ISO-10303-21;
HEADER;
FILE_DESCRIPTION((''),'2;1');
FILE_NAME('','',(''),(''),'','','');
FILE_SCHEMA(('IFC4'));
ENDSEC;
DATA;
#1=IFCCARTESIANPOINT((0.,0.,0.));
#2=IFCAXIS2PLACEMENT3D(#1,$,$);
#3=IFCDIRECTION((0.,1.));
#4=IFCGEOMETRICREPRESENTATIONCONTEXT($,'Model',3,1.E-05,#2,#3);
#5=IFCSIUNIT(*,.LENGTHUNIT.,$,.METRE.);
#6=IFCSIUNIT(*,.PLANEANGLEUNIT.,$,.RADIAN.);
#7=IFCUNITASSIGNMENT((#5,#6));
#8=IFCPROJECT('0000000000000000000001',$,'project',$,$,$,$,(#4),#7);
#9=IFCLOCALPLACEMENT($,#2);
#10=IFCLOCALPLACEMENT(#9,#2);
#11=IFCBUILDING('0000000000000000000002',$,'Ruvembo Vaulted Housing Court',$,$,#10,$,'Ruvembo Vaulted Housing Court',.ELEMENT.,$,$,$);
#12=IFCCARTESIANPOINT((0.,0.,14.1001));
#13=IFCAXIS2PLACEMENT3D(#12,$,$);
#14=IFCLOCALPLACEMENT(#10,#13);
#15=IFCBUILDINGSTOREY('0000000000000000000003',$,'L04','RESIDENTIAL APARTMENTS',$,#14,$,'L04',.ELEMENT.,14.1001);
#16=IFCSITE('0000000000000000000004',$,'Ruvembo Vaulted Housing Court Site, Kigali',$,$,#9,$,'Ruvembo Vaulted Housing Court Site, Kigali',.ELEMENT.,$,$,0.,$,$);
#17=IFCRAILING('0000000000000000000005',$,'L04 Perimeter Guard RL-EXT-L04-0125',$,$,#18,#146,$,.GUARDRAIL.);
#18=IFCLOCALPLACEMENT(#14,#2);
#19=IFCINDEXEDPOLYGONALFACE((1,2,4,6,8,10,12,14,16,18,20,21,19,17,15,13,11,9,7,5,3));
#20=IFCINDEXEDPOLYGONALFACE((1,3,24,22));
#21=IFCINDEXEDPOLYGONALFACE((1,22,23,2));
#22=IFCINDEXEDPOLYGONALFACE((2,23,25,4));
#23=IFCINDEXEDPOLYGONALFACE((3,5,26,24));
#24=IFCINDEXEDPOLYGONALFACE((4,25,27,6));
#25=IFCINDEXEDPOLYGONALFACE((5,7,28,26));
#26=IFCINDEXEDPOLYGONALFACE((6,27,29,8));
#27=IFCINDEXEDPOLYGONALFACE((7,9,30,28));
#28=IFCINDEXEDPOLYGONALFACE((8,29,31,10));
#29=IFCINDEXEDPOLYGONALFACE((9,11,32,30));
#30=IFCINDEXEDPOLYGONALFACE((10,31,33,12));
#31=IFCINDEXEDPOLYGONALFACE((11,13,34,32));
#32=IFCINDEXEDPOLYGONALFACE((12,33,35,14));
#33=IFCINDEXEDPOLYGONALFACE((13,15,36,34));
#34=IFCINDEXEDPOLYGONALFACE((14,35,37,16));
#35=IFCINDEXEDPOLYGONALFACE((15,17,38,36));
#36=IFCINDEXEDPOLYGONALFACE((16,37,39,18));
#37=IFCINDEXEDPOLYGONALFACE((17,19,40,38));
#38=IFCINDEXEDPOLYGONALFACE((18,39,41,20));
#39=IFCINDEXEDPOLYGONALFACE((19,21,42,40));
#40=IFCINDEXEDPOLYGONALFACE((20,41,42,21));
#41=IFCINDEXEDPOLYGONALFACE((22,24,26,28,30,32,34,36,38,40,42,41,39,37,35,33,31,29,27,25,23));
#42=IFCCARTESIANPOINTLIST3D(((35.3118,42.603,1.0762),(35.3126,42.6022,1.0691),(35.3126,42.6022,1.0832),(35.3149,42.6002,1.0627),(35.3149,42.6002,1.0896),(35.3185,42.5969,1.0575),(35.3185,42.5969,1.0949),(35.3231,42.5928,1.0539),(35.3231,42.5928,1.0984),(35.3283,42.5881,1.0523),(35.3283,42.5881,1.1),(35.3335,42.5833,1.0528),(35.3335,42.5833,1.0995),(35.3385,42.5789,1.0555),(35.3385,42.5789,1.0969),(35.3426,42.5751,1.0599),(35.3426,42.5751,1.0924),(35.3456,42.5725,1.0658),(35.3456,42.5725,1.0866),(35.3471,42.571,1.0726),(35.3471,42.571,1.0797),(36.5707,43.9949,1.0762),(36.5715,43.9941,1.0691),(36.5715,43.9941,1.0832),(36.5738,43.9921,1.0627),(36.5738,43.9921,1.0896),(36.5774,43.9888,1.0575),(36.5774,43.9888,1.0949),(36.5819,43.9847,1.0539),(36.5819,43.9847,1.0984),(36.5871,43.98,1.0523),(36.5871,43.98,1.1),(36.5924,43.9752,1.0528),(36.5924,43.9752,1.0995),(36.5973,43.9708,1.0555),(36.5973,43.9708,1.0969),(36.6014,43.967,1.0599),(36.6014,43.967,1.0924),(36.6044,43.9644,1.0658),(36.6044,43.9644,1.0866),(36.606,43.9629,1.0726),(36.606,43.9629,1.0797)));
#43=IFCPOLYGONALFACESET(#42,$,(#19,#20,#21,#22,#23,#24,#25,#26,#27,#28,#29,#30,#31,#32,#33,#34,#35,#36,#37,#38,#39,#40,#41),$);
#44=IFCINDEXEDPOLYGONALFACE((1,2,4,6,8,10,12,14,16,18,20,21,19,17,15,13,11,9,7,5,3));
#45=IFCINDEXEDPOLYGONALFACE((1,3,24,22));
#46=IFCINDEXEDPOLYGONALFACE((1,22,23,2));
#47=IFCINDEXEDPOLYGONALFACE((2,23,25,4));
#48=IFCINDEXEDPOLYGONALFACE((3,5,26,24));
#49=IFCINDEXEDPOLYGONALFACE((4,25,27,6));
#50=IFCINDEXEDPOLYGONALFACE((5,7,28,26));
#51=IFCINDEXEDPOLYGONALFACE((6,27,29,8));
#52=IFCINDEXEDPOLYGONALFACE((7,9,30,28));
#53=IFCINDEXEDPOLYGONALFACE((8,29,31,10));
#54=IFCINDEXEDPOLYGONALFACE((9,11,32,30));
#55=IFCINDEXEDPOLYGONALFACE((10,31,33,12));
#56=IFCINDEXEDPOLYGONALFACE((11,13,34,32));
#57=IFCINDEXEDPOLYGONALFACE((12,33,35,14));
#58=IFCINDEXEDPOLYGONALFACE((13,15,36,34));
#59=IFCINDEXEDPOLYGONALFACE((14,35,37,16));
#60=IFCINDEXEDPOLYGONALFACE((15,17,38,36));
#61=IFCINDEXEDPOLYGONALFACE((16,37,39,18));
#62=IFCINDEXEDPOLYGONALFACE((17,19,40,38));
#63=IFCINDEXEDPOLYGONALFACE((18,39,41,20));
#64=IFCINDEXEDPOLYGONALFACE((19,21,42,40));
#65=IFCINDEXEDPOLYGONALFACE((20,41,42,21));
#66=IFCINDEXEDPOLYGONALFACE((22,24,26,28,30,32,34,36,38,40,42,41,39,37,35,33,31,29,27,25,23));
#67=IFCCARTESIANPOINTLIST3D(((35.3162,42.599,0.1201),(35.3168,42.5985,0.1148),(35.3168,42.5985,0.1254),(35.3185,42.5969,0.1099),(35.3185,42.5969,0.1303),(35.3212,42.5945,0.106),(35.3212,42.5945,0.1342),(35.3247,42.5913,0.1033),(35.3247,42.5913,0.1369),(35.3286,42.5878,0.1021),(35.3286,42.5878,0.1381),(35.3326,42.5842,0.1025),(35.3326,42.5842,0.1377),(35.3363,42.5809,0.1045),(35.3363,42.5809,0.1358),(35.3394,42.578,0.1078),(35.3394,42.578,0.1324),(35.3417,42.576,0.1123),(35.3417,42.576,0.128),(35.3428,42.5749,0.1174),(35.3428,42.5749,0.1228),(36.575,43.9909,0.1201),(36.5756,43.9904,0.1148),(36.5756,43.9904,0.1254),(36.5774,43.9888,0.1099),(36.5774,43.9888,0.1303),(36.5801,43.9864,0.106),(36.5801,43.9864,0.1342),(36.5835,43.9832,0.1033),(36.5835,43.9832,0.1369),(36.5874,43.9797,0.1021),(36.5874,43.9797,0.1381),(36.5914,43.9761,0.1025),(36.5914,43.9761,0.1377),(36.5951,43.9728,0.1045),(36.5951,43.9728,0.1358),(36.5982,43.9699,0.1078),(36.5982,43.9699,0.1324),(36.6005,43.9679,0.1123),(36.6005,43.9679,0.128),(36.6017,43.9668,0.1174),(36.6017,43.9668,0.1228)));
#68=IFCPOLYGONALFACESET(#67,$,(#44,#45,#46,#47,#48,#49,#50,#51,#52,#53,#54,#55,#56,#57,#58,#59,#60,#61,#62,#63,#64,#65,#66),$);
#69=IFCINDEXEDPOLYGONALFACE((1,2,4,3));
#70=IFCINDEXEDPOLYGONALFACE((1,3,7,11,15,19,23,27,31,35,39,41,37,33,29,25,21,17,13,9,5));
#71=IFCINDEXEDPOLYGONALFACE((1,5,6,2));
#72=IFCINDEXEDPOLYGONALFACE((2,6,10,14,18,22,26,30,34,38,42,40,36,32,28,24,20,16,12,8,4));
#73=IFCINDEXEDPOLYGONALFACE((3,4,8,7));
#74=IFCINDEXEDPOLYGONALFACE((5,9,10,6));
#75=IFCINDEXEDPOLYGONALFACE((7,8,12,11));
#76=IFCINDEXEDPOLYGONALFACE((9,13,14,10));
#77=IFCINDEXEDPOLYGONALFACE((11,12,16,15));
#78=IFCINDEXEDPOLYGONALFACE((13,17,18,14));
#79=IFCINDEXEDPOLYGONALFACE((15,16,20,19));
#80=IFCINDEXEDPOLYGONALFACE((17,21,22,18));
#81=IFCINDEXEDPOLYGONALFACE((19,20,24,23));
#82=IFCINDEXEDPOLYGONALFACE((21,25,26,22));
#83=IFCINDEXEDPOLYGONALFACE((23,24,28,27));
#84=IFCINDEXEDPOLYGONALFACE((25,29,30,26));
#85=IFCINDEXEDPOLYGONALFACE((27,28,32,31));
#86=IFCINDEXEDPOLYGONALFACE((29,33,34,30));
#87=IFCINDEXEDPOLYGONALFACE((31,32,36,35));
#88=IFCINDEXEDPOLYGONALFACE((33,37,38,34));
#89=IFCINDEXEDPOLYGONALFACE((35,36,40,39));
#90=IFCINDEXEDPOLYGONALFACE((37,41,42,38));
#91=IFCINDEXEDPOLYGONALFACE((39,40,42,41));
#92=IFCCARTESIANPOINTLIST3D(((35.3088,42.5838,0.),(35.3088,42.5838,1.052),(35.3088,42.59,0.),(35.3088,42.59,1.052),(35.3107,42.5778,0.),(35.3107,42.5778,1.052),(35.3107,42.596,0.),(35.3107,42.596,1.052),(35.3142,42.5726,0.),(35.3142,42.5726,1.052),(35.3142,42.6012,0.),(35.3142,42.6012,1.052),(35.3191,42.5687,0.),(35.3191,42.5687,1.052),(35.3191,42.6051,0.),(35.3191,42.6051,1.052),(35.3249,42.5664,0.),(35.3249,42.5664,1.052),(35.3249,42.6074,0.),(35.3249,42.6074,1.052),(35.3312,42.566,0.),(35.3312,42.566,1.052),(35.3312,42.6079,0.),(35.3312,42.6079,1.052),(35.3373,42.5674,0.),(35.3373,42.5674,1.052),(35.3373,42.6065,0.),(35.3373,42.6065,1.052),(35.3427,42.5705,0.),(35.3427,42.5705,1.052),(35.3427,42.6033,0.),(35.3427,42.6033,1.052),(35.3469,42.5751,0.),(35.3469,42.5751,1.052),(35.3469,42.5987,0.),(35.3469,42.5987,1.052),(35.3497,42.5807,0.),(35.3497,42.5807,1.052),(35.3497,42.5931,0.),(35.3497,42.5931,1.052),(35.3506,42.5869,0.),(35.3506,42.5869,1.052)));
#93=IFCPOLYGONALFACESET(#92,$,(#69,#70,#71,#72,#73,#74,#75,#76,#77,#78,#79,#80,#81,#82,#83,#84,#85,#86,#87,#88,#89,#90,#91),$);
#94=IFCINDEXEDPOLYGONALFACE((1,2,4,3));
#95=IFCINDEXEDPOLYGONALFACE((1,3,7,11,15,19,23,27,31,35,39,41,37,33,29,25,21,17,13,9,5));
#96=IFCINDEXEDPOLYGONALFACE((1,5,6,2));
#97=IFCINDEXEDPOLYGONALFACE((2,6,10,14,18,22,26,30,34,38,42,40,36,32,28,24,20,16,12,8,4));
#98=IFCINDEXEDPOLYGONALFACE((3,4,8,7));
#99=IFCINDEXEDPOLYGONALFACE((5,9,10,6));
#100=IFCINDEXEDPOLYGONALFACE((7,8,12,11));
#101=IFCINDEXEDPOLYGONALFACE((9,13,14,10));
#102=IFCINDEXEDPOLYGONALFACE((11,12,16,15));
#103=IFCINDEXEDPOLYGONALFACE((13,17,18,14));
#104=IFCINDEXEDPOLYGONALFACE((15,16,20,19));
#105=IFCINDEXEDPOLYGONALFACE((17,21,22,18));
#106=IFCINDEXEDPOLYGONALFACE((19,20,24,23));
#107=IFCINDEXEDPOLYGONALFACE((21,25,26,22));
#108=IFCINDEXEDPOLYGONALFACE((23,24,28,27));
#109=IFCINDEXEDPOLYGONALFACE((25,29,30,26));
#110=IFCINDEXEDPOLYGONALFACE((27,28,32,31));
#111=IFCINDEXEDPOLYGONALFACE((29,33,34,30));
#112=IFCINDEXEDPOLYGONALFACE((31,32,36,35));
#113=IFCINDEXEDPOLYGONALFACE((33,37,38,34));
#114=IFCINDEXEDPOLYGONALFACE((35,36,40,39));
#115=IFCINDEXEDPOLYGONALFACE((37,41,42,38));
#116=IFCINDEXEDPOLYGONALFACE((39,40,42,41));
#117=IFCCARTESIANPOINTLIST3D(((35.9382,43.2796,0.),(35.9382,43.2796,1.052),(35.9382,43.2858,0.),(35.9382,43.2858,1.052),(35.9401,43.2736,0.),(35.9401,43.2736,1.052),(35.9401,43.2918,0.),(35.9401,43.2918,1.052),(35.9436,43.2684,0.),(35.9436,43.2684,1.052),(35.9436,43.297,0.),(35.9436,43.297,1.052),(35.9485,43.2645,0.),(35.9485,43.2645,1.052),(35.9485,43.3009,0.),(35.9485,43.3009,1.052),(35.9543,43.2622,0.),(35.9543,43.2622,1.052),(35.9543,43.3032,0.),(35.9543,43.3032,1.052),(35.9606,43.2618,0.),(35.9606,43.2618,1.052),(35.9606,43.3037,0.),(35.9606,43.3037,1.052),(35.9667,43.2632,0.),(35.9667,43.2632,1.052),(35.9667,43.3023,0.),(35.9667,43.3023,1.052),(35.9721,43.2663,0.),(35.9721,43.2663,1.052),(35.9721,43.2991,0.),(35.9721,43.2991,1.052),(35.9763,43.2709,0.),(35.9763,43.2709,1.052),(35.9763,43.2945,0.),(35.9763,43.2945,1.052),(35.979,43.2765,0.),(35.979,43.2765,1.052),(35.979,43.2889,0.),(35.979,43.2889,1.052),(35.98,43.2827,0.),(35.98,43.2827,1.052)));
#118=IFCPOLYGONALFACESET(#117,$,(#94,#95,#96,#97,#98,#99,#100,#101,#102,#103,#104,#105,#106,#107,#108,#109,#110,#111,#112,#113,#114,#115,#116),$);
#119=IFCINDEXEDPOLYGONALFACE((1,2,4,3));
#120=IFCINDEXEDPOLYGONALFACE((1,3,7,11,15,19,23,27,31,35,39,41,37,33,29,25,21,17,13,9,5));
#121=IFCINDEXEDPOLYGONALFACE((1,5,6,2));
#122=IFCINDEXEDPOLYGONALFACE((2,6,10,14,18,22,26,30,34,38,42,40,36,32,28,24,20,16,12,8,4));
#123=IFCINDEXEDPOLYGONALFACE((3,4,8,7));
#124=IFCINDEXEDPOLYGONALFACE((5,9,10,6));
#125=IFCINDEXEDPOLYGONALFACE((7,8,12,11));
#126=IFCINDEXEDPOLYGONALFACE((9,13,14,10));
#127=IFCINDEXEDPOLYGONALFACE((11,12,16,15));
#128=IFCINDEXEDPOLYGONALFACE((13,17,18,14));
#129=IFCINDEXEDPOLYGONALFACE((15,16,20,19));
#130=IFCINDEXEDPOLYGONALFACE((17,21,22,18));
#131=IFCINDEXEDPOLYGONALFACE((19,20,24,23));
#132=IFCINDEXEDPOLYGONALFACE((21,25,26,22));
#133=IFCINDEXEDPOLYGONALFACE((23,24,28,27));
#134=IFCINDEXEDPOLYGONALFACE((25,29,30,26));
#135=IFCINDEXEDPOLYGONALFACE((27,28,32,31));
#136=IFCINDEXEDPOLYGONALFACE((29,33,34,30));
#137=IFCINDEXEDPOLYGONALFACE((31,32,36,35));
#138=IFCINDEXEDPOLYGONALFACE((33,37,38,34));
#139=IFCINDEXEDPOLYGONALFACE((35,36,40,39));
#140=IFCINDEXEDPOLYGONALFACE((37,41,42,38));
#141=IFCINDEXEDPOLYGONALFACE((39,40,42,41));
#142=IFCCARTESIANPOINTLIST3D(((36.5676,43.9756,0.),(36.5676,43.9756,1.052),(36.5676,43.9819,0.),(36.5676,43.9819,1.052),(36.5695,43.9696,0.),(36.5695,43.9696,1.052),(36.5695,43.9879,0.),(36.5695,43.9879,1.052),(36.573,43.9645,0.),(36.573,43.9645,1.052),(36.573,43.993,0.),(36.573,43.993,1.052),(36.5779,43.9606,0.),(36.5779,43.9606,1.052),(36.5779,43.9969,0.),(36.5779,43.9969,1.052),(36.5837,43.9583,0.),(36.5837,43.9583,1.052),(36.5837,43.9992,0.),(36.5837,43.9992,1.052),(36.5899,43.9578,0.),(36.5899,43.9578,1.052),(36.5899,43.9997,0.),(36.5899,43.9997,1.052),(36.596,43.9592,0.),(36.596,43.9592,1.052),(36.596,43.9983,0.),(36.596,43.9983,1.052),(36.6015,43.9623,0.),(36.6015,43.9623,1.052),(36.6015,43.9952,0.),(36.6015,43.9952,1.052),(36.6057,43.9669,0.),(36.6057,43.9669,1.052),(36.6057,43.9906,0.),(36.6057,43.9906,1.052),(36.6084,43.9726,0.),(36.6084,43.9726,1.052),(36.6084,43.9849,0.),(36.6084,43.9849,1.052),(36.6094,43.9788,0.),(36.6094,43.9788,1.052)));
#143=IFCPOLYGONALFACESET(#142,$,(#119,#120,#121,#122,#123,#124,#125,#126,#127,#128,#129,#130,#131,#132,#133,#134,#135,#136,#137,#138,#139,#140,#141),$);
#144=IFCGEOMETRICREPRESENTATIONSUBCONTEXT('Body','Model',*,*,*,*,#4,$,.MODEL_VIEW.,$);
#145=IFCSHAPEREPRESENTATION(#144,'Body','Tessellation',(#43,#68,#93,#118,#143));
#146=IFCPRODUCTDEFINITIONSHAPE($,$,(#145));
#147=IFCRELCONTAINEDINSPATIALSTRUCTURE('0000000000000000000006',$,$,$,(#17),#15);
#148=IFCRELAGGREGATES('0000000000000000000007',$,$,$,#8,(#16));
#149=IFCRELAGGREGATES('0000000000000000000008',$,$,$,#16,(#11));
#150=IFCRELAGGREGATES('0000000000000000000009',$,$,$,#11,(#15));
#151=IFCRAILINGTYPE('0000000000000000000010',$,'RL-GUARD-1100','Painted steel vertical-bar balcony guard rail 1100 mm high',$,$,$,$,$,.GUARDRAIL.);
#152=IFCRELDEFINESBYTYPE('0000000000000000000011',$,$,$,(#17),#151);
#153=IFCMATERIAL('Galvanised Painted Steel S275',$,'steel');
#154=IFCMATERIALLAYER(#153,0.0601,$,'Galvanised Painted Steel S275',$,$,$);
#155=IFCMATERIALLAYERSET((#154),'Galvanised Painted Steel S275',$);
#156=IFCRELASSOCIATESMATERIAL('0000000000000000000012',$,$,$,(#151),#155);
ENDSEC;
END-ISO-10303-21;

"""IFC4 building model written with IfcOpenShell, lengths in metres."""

from ifc_helpers import new_model, si_unit, direction, frame, origin, origin_2d, place, context, subcontext, project, spatial, circle, extrude, material, layer, layer_set, type_object, element, save


model = new_model("IFC4")

# Units and contexts
model_context = context("Model", 3, precision=1e-05, world=origin(), true_north=direction((0.0, 1.0)))
body_context = subcontext(model_context, "Body", "Model", "MODEL_VIEW")
ifc_project = project(units=[si_unit("LENGTHUNIT", "METRE"), si_unit("PLANEANGLEUNIT", "RADIAN")], contexts=[model_context])

# Site, building, storey
site_placement = place(None, origin())
site = spatial("IfcSite", under=ifc_project, at=site_placement, Name="Ruvembo Vaulted Housing Court Site, Kigali", LongName="Ruvembo Vaulted Housing Court Site, Kigali", CompositionType="ELEMENT", RefElevation=0.0)
building_placement = place(site_placement, origin())
building = spatial("IfcBuilding", under=site, at=building_placement, Name="Ruvembo Vaulted Housing Court", LongName="Ruvembo Vaulted Housing Court", CompositionType="ELEMENT")
storey_placement = place(building_placement, frame((0.0, 0.0, 14.1001)))
storey = spatial("IfcBuildingStorey", under=building, at=storey_placement, Name="L04", Description="RESIDENTIAL APARTMENTS", LongName="L04", CompositionType="ELEMENT", Elevation=14.1001)

# Railing
ifc_material_1 = material(Name="Galvanised Painted Steel S275", Category="steel")
ifc_layer_1 = layer(ifc_material_1, 0.0601, Name="Galvanised Painted Steel S275")
ifc_layer_set_1 = layer_set([ifc_layer_1], Name="Galvanised Painted Steel S275")
railing_type = type_object("IfcRailingType", Name="RL-GUARD-1100", Description="Painted steel vertical-bar balcony guard rail 1100 mm high", PredefinedType="GUARDRAIL", material=ifc_layer_set_1)
railing_1_placement = place(storey_placement, frame((35.3296, 42.5869, 0.0)))
element("IfcRailing", 1, at=railing_1_placement, inside=storey, type_object=railing_type, Name="L04 Perimeter Guard RL-EXT-L04-0125", PredefinedType="GUARDRAIL", context=body_context, shape_type="SweptSolid", body=[
    extrude(circle(Radius=0.0239, at=origin_2d()), frame((0.0, 0.0, 1.0762), z_axis=(0.670767, 0.741668, 0.0), x_axis=(-0.741668, 0.670767, 0.0)), (0.0, 0.0, 1.0), 1.8767),
    extrude(circle(Radius=0.0181, at=origin_2d()), frame((0.0, 0.0, 0.1201), z_axis=(0.670767, 0.741668, 0.0), x_axis=(-0.741668, 0.670767, 0.0)), (0.0, 0.0, 1.0), 1.8767),
    extrude(circle(Radius=0.021, at=origin_2d()), origin(), (0.0, 0.0, 1.0), 1.052),
    extrude(circle(Radius=0.021, at=origin_2d()), frame((0.6294, 0.6958, 0.0)), (0.0, 0.0, 1.0), 1.052),
    extrude(circle(Radius=0.021, at=origin_2d()), frame((1.2588, 1.3918, 0.0)), (0.0, 0.0, 1.0), 1.052),
])

save(model, "model.ifc")
